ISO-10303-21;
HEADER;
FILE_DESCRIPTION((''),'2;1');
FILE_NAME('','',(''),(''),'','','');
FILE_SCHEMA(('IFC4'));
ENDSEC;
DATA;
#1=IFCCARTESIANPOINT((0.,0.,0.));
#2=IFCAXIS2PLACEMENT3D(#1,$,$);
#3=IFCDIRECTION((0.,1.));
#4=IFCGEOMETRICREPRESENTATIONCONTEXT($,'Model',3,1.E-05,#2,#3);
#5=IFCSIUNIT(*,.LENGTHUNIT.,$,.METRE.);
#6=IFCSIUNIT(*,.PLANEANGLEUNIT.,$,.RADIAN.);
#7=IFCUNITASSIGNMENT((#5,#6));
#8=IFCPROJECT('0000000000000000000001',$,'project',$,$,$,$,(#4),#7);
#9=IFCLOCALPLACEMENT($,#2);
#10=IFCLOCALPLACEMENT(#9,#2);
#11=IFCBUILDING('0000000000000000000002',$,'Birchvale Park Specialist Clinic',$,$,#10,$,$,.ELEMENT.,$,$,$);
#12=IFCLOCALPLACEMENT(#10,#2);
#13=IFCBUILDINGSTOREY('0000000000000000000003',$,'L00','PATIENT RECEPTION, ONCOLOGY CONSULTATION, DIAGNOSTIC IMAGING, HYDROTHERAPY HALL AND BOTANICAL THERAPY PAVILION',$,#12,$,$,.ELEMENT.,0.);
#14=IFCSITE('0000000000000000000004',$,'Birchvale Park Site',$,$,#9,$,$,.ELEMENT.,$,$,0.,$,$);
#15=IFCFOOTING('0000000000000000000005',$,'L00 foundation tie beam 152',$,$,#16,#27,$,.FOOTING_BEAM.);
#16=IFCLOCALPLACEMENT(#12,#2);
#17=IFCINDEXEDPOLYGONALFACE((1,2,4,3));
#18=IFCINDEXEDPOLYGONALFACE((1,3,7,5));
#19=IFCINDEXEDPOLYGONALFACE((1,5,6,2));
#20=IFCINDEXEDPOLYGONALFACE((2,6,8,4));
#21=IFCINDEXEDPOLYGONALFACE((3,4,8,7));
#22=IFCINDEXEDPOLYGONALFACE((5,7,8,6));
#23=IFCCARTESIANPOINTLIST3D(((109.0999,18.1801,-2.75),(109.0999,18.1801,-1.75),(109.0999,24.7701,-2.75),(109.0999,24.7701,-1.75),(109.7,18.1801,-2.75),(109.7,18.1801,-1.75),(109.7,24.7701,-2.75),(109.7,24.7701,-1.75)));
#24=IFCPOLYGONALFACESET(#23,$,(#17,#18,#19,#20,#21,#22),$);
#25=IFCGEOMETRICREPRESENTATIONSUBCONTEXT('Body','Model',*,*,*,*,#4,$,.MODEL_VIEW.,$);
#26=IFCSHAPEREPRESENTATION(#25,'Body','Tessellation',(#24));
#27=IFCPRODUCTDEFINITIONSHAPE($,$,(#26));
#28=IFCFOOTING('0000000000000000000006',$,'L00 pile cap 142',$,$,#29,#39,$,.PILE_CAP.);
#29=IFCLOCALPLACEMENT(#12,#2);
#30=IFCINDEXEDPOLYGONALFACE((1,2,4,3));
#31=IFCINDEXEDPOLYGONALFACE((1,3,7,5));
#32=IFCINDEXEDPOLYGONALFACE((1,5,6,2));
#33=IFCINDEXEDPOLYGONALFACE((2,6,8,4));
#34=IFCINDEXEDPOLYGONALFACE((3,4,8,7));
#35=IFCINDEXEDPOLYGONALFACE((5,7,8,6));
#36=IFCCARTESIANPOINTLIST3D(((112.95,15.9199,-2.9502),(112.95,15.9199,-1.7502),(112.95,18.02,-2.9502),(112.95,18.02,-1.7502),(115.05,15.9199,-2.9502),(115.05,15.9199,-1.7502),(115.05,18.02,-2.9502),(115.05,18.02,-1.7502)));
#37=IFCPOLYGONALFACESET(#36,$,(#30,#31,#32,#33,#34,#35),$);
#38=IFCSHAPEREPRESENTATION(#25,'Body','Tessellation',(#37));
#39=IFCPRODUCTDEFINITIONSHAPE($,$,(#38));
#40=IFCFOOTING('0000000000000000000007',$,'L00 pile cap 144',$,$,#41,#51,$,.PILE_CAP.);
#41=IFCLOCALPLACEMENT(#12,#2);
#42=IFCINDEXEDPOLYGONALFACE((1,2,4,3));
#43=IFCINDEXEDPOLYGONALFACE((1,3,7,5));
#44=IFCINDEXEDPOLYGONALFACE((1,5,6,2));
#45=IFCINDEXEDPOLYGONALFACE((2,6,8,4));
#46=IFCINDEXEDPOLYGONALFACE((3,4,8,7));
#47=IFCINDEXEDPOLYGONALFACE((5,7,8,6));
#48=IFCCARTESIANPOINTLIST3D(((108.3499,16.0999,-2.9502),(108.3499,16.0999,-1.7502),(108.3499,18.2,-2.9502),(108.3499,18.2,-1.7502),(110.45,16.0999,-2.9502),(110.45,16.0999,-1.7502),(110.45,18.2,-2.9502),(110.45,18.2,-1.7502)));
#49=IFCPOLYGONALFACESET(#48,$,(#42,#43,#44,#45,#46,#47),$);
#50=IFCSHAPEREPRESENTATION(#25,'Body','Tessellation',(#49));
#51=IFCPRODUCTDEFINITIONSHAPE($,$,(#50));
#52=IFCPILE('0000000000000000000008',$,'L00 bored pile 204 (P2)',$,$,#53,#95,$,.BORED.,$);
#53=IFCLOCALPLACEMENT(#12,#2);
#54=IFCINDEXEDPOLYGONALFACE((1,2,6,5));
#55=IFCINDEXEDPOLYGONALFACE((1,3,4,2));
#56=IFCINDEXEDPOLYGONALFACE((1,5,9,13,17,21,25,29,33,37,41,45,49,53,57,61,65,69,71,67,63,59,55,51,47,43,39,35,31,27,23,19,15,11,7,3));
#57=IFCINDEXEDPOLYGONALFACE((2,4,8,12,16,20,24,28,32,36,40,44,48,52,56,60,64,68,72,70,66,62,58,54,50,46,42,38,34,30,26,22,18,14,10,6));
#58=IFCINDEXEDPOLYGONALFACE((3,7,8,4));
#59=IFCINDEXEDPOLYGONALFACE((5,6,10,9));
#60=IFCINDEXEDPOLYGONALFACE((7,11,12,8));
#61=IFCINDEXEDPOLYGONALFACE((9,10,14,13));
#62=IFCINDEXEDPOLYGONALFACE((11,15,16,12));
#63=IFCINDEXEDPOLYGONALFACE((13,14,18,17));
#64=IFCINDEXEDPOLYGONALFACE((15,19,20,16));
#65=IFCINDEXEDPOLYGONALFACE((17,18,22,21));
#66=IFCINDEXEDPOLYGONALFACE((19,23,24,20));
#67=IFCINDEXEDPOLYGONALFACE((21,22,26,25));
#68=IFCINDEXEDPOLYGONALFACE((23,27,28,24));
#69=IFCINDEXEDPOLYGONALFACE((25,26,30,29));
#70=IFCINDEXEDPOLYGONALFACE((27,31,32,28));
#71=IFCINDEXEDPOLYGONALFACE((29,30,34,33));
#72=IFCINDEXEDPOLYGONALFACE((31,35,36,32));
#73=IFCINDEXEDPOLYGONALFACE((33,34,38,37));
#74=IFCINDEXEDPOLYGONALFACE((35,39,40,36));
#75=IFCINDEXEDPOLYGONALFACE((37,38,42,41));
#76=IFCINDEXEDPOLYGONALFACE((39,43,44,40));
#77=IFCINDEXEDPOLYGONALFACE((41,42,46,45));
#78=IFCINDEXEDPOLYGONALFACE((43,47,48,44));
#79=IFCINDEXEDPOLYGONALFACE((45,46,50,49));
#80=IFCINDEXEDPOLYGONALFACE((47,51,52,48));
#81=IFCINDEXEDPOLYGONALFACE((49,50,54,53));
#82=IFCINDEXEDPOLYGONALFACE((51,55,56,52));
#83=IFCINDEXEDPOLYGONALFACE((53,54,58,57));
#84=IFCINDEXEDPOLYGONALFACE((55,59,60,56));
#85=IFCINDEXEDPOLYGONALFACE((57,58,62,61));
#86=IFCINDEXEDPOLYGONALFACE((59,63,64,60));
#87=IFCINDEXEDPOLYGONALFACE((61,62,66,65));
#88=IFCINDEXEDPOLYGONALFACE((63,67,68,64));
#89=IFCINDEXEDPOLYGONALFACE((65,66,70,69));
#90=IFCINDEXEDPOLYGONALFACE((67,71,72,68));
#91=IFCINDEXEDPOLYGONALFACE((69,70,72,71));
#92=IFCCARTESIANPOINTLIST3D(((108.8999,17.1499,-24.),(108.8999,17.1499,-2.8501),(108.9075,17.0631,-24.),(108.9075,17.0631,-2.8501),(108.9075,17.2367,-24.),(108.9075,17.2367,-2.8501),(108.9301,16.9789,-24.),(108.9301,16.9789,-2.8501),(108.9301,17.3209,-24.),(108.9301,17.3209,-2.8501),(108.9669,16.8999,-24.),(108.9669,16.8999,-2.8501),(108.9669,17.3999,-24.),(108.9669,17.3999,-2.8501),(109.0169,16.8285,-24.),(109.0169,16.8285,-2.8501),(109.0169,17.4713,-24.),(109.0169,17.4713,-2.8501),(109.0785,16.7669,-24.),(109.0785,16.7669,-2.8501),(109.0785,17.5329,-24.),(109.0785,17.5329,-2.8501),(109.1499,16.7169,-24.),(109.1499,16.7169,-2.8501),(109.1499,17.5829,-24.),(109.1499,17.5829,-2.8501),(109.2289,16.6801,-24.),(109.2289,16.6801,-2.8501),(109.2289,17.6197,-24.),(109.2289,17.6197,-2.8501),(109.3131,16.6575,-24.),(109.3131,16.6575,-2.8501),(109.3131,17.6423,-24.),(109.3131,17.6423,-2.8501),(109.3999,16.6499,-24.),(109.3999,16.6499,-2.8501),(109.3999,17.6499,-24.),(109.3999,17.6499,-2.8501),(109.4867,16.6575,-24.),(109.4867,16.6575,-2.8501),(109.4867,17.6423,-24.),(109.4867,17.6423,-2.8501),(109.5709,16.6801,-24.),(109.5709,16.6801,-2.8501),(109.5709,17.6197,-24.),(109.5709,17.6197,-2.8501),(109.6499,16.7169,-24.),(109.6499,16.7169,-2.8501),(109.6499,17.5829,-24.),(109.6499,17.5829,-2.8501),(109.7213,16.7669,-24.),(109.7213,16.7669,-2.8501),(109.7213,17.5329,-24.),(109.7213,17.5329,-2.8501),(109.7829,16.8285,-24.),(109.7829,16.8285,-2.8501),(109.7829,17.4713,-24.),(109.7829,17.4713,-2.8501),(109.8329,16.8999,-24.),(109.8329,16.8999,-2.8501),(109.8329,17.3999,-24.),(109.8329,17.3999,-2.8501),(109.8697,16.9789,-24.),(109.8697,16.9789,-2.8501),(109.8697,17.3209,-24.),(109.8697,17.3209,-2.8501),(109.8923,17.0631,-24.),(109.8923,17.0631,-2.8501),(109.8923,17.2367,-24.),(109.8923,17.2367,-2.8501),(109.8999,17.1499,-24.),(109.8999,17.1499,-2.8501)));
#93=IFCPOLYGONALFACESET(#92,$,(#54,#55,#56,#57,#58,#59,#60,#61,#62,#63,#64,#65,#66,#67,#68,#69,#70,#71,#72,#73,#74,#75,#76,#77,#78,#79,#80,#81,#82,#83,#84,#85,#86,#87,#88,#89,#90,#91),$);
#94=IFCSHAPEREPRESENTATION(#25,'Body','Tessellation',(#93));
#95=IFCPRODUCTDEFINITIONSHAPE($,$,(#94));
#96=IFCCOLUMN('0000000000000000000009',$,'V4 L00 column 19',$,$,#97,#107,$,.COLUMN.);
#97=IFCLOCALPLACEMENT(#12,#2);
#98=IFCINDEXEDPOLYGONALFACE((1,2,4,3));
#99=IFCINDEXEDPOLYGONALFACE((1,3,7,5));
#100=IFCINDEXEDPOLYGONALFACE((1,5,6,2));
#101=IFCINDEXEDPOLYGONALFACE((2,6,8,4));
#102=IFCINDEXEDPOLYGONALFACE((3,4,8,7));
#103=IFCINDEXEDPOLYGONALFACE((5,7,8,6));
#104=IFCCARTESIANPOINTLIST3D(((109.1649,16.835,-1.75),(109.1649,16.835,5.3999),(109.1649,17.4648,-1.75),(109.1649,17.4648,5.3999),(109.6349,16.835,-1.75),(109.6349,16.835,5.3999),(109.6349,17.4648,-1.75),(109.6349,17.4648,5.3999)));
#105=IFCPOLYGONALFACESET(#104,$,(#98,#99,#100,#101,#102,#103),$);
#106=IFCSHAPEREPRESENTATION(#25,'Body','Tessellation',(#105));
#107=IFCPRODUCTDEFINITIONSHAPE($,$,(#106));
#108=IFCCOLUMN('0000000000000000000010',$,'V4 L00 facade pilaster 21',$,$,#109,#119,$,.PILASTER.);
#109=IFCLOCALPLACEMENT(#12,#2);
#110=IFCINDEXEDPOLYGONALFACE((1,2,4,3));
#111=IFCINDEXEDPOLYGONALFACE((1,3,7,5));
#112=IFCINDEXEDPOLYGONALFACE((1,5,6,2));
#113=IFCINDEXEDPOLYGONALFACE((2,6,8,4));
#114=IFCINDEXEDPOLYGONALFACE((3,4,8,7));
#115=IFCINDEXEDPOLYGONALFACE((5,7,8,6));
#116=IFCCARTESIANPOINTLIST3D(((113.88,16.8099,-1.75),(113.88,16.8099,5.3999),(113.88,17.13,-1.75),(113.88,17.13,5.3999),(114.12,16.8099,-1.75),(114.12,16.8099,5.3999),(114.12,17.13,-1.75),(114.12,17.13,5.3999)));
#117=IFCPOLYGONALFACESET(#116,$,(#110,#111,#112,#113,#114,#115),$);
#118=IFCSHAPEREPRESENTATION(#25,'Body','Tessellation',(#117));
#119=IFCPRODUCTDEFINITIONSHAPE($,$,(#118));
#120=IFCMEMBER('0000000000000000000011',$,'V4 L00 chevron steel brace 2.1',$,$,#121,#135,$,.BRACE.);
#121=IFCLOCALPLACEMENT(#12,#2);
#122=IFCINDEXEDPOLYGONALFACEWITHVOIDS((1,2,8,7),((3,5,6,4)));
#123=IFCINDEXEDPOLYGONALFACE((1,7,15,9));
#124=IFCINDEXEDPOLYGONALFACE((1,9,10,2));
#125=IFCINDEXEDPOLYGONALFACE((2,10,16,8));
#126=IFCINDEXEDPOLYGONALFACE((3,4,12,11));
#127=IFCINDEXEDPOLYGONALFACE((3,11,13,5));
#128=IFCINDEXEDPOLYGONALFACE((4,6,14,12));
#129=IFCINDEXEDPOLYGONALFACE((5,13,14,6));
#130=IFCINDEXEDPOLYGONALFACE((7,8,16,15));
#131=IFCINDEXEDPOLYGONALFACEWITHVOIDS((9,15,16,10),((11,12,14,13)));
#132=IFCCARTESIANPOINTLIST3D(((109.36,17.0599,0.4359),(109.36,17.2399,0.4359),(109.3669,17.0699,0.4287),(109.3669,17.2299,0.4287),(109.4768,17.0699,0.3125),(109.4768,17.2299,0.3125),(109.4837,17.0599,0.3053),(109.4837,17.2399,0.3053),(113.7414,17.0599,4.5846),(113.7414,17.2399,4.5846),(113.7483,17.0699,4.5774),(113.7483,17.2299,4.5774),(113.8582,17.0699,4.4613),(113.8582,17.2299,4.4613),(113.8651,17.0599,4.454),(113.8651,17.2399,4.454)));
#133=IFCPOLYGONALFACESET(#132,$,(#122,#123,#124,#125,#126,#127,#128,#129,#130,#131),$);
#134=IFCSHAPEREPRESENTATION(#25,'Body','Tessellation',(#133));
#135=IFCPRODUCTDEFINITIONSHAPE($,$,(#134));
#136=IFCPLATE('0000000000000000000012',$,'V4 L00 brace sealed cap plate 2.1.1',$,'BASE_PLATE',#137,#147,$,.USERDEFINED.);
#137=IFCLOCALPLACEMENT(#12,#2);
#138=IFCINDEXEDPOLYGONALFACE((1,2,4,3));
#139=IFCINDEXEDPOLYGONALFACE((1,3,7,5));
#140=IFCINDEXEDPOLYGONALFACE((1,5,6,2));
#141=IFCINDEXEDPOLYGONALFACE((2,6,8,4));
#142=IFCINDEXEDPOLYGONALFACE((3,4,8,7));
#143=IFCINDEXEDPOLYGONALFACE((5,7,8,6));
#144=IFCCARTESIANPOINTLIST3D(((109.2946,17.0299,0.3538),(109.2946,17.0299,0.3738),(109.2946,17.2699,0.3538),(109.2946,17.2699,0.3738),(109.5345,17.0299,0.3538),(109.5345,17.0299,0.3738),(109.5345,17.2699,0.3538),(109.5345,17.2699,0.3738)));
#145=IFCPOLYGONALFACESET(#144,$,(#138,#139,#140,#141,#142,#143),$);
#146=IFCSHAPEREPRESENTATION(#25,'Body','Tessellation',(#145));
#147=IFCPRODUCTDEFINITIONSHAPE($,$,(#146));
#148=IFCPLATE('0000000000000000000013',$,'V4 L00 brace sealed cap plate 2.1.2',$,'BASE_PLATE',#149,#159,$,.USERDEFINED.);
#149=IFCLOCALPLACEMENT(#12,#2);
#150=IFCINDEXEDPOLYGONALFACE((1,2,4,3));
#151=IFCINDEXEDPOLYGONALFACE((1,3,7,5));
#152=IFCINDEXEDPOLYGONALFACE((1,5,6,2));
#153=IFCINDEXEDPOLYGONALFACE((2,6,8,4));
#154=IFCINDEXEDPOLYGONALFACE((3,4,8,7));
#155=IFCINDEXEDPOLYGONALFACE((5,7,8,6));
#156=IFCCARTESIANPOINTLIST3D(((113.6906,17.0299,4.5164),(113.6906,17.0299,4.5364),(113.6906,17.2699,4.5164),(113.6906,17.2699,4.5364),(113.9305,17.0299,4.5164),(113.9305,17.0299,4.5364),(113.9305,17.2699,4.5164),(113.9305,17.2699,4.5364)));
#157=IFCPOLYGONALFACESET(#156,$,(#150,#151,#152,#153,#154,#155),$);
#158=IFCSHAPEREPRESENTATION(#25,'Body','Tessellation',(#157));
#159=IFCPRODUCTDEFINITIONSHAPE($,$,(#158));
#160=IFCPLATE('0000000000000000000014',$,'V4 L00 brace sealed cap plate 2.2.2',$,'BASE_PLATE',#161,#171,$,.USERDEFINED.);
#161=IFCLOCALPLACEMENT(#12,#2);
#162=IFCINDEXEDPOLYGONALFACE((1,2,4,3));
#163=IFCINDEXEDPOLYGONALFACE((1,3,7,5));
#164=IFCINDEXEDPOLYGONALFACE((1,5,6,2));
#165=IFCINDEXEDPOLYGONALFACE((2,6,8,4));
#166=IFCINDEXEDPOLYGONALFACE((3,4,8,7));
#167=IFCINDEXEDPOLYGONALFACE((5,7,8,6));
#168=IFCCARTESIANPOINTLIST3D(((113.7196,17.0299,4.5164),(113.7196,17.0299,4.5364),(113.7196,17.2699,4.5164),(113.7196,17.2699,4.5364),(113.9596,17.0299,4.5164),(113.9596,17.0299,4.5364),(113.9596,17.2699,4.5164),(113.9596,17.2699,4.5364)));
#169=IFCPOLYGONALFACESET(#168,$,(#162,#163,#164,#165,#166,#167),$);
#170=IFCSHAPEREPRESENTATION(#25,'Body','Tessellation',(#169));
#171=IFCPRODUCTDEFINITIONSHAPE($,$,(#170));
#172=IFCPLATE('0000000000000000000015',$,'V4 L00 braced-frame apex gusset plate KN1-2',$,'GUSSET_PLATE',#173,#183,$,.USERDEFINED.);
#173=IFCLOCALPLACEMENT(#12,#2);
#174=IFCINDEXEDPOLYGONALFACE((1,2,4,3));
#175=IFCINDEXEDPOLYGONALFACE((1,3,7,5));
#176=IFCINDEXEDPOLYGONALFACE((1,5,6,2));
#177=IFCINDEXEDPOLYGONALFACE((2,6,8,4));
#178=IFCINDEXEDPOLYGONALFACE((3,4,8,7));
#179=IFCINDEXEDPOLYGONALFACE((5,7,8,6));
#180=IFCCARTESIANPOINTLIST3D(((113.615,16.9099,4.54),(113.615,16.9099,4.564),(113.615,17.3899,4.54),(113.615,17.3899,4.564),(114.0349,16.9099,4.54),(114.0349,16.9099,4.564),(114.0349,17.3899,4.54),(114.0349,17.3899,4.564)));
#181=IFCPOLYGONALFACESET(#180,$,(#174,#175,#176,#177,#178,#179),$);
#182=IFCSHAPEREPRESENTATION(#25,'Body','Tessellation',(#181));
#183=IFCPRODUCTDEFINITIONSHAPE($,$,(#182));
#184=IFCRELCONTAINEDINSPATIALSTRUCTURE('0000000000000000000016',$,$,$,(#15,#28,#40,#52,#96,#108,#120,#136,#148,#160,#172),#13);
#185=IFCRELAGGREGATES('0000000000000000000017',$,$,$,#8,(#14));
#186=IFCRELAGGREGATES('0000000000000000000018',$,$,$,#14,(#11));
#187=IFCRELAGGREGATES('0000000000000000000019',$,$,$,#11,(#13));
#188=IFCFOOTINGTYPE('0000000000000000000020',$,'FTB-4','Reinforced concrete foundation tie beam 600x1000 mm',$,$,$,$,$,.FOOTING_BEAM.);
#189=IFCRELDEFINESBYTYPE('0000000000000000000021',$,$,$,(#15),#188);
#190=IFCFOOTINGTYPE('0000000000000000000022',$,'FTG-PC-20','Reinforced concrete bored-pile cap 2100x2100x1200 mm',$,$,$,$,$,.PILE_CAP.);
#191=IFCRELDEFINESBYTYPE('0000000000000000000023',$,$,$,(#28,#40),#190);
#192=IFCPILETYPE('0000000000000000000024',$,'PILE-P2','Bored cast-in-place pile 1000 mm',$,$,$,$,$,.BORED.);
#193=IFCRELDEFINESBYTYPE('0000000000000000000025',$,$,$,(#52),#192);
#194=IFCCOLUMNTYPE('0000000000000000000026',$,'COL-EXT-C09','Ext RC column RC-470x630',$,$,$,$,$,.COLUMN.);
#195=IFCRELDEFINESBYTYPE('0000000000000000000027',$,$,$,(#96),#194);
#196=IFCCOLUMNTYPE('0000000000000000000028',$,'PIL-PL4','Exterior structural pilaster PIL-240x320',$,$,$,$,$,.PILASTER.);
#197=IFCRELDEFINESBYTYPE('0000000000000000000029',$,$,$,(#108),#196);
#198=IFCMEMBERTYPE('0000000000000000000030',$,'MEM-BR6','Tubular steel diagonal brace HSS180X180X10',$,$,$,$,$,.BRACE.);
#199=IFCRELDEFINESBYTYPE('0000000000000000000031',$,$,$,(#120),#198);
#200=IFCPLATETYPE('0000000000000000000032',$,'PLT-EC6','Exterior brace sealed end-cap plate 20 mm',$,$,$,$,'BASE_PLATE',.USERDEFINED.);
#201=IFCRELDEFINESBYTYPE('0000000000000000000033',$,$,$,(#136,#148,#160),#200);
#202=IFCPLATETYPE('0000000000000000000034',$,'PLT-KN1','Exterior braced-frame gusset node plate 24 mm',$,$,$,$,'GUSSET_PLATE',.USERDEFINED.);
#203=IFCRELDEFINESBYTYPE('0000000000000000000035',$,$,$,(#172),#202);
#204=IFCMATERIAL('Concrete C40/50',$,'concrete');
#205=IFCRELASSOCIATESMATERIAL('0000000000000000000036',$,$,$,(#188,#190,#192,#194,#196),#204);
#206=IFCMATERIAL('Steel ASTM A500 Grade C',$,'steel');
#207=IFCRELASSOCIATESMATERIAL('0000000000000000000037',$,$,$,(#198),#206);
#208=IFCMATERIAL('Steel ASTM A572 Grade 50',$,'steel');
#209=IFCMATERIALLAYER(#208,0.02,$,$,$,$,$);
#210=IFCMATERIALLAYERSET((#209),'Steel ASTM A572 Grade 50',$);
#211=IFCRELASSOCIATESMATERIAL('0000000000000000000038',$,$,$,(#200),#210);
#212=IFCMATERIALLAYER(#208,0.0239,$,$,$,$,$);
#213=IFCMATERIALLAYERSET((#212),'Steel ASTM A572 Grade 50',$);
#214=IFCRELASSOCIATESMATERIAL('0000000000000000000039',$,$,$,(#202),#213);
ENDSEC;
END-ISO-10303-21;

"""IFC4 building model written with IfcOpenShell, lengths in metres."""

from ifc_helpers import new_model, si_unit, direction, frame, origin, origin_2d, place, context, subcontext, project, spatial, rectangle, hollow_rectangle, circle, extrude, material, layer, layer_set, material_profile, profile_set, type_object, element, save


model = new_model("IFC4")

# Units and contexts
model_context = context("Model", 3, precision=1e-05, world=origin(), true_north=direction((0.0, 1.0)))
body_context = subcontext(model_context, "Body", "Model", "MODEL_VIEW")
ifc_project = project(units=[si_unit("LENGTHUNIT", "METRE"), si_unit("PLANEANGLEUNIT", "RADIAN")], contexts=[model_context])

# Site, building, storey
site_placement = place(None, origin())
site = spatial("IfcSite", under=ifc_project, at=site_placement, Name="Birchvale Park Site", CompositionType="ELEMENT", RefElevation=0.0)
building_placement = place(site_placement, origin())
building = spatial("IfcBuilding", under=site, at=building_placement, Name="Birchvale Park Specialist Clinic", CompositionType="ELEMENT")
storey_placement = place(building_placement, origin())
storey = spatial("IfcBuildingStorey", under=building, at=storey_placement, Name="L00", Description="PATIENT RECEPTION, ONCOLOGY CONSULTATION, DIAGNOSTIC IMAGING, HYDROTHERAPY HALL AND BOTANICAL THERAPY PAVILION", CompositionType="ELEMENT", Elevation=0.0)

# Footings
ifc_material_1 = material(Name="Concrete C40/50", Category="concrete")
footing_type_1 = type_object("IfcFootingType", Name="FTB-4", Description="Reinforced concrete foundation tie beam 600x1000 mm", PredefinedType="FOOTING_BEAM", material=ifc_material_1)
footing_placement = place(storey_placement, frame((109.3999, 21.4751, -2.75), z_axis=(0.0, 0.0, 1.0), x_axis=(1.0, 0.0, 0.0)))
element("IfcFooting", 1, at=footing_placement, inside=storey, type_object=footing_type_1, Name="L00 foundation tie beam 152", PredefinedType="FOOTING_BEAM", context=body_context, shape_type="SweptSolid", body=[
    extrude(rectangle(XDim=0.6001, YDim=6.5901, at=origin_2d()), origin(), (0.0, 0.0, 1.0), 1.0),
])
footing_type_2 = type_object("IfcFootingType", Name="FTG-PC-20", Description="Reinforced concrete bored-pile cap 2100x2100x1200 mm", PredefinedType="PILE_CAP", material=ifc_material_1)
for number, where, z_axis, x_axis, name in (
    (2, (114.0, 16.97, -2.9502), (0.0, 0.0, 1.0), (1.0, 0.0, 0.0), "L00 pile cap 142"),
    (3, (109.3999, 17.1499, -2.9502), (0.0, 0.0, 1.0), (1.0, 0.0, 0.0), "L00 pile cap 144"),
):
    element("IfcFooting", number, at=place(storey_placement, frame(where, z_axis=z_axis, x_axis=x_axis)), inside=storey, type_object=footing_type_2, Name=name, PredefinedType="PILE_CAP", context=body_context, shape_type="SweptSolid", body=[
        extrude(rectangle(XDim=2.1001, YDim=2.1001, at=origin_2d()), origin(), (0.0, 0.0, 1.0), 1.2),
    ])

# Pile
ifc_material_profile_1 = material_profile(ifc_material_1, circle(Radius=0.5, at=origin_2d()), Name="PILE-1000")
ifc_profile_set_1 = profile_set([ifc_material_profile_1], Name="Concrete C40/50")
pile_type = type_object("IfcPileType", Name="PILE-P2", Description="Bored cast-in-place pile 1000 mm", PredefinedType="BORED", material=ifc_profile_set_1)
pile_placement = place(storey_placement, frame((109.3999, 17.1499, -2.8501), z_axis=(0.0, 0.0, -1.0), x_axis=(1.0, 0.0, 0.0)))
element("IfcPile", 4, at=pile_placement, inside=storey, type_object=pile_type, Name="L00 bored pile 204 (P2)", PredefinedType="BORED", context=body_context, shape_type="SweptSolid", body=[
    extrude(circle(Radius=0.5, at=origin_2d()), origin(), (0.0, 0.0, 1.0), 21.1499),
])

# Columns
ifc_material_profile_2 = material_profile(ifc_material_1, rectangle(XDim=0.47, YDim=0.6299, at=origin_2d()), Name="RC-470x630")
ifc_profile_set_2 = profile_set([ifc_material_profile_2], Name="Concrete C40/50")
column_type_1 = type_object("IfcColumnType", Name="COL-EXT-C09", Description="Ext RC column RC-470x630", PredefinedType="COLUMN", material=ifc_profile_set_2)
column_1_placement = place(storey_placement, frame((109.3999, 17.1499, -1.75), z_axis=(0.0, 0.0, 1.0), x_axis=(1.0, 0.0, 0.0)))
element("IfcColumn", 5, at=column_1_placement, inside=storey, type_object=column_type_1, Name="V4 L00 column 19", PredefinedType="COLUMN", context=body_context, shape_type="SweptSolid", body=[
    extrude(rectangle(XDim=0.47, YDim=0.6299, at=origin_2d()), origin(), (0.0, 0.0, 1.0), 7.1499),
])
ifc_material_profile_3 = material_profile(ifc_material_1, rectangle(XDim=0.24, YDim=0.3201, at=origin_2d()), Name="PIL-240x320")
ifc_profile_set_3 = profile_set([ifc_material_profile_3], Name="Concrete C40/50")
column_type_2 = type_object("IfcColumnType", Name="PIL-PL4", Description="Exterior structural pilaster PIL-240x320", PredefinedType="PILASTER", material=ifc_profile_set_3)
column_2_placement = place(storey_placement, frame((114.0, 16.97, -1.75), z_axis=(0.0, 0.0, 1.0), x_axis=(1.0, 0.0, 0.0)))
element("IfcColumn", 6, at=column_2_placement, inside=storey, type_object=column_type_2, Name="V4 L00 facade pilaster 21", PredefinedType="PILASTER", context=body_context, shape_type="SweptSolid", body=[
    extrude(rectangle(XDim=0.24, YDim=0.3201, at=origin_2d()), origin(), (0.0, 0.0, 1.0), 7.1499),
])

# Member
ifc_material_2 = material(Name="Steel ASTM A500 Grade C", Category="steel")
ifc_material_profile_4 = material_profile(ifc_material_2, hollow_rectangle(XDim=0.1799, YDim=0.1799, WallThickness=0.01, at=origin_2d()), Name="HSS180X180X10")
ifc_profile_set_4 = profile_set([ifc_material_profile_4], Name="Steel ASTM A500 Grade C")
member_type = type_object("IfcMemberType", Name="MEM-BR6", Description="Tubular steel diagonal brace HSS180X180X10", PredefinedType="BRACE", material=ifc_profile_set_4)
member_placement = place(storey_placement, frame((109.4219, 17.1499, 0.3706), z_axis=(0.726124, 0.0, 0.687564), x_axis=(0.0, 1.0, 0.0)))
element("IfcMember", 7, at=member_placement, inside=storey, type_object=member_type, Name="V4 L00 chevron steel brace 2.1", PredefinedType="BRACE", context=body_context, shape_type="SweptSolid", body=[
    extrude(hollow_rectangle(XDim=0.1799, YDim=0.1799, WallThickness=0.01, at=origin_2d()), origin(), (0.0, 0.0, 1.0), 6.0339),
])

# Plates
ifc_material_3 = material(Name="Steel ASTM A572 Grade 50", Category="steel")
ifc_layer_1 = layer(ifc_material_3, 0.02)
ifc_layer_set_1 = layer_set([ifc_layer_1], Name="Steel ASTM A572 Grade 50")
plate_type_1 = type_object("IfcPlateType", Name="PLT-EC6", Description="Exterior brace sealed end-cap plate 20 mm", ElementType="BASE_PLATE", PredefinedType="USERDEFINED", material=ifc_layer_set_1)
for number, where, z_axis, x_axis, name in (
    (8, (109.4146, 17.1499, 0.3538), (0.0, 0.0, 1.0), (1.0, 0.0, 0.0), "V4 L00 brace sealed cap plate 2.1.1"),
    (9, (113.8105, 17.1499, 4.5164), (0.0, 0.0, 1.0), (1.0, 0.0, 0.0), "V4 L00 brace sealed cap plate 2.1.2"),
    (10, (113.8396, 17.1499, 4.5164), (0.0, 0.0, 1.0), (1.0, 0.0, 0.0), "V4 L00 brace sealed cap plate 2.2.2"),
):
    element("IfcPlate", number, at=place(storey_placement, frame(where, z_axis=z_axis, x_axis=x_axis)), inside=storey, type_object=plate_type_1, Name=name, ObjectType="BASE_PLATE", PredefinedType="USERDEFINED", context=body_context, shape_type="SweptSolid", body=[
        extrude(rectangle(XDim=0.24, YDim=0.24, at=origin_2d()), origin(), (0.0, 0.0, 1.0), 0.02),
    ])
ifc_layer_2 = layer(ifc_material_3, 0.0239)
ifc_layer_set_2 = layer_set([ifc_layer_2], Name="Steel ASTM A572 Grade 50")
plate_type_2 = type_object("IfcPlateType", Name="PLT-KN1", Description="Exterior braced-frame gusset node plate 24 mm", ElementType="GUSSET_PLATE", PredefinedType="USERDEFINED", material=ifc_layer_set_2)
plate_placement = place(storey_placement, frame((113.825, 17.1499, 4.54), z_axis=(0.0, 0.0, 1.0), x_axis=(1.0, 0.0, 0.0)))
element("IfcPlate", 11, at=plate_placement, inside=storey, type_object=plate_type_2, Name="V4 L00 braced-frame apex gusset plate KN1-2", ObjectType="GUSSET_PLATE", PredefinedType="USERDEFINED", context=body_context, shape_type="SweptSolid", body=[
    extrude(rectangle(XDim=0.4199, YDim=0.48, at=origin_2d()), origin(), (0.0, 0.0, 1.0), 0.0239),
])

save(model, "model.ifc")
